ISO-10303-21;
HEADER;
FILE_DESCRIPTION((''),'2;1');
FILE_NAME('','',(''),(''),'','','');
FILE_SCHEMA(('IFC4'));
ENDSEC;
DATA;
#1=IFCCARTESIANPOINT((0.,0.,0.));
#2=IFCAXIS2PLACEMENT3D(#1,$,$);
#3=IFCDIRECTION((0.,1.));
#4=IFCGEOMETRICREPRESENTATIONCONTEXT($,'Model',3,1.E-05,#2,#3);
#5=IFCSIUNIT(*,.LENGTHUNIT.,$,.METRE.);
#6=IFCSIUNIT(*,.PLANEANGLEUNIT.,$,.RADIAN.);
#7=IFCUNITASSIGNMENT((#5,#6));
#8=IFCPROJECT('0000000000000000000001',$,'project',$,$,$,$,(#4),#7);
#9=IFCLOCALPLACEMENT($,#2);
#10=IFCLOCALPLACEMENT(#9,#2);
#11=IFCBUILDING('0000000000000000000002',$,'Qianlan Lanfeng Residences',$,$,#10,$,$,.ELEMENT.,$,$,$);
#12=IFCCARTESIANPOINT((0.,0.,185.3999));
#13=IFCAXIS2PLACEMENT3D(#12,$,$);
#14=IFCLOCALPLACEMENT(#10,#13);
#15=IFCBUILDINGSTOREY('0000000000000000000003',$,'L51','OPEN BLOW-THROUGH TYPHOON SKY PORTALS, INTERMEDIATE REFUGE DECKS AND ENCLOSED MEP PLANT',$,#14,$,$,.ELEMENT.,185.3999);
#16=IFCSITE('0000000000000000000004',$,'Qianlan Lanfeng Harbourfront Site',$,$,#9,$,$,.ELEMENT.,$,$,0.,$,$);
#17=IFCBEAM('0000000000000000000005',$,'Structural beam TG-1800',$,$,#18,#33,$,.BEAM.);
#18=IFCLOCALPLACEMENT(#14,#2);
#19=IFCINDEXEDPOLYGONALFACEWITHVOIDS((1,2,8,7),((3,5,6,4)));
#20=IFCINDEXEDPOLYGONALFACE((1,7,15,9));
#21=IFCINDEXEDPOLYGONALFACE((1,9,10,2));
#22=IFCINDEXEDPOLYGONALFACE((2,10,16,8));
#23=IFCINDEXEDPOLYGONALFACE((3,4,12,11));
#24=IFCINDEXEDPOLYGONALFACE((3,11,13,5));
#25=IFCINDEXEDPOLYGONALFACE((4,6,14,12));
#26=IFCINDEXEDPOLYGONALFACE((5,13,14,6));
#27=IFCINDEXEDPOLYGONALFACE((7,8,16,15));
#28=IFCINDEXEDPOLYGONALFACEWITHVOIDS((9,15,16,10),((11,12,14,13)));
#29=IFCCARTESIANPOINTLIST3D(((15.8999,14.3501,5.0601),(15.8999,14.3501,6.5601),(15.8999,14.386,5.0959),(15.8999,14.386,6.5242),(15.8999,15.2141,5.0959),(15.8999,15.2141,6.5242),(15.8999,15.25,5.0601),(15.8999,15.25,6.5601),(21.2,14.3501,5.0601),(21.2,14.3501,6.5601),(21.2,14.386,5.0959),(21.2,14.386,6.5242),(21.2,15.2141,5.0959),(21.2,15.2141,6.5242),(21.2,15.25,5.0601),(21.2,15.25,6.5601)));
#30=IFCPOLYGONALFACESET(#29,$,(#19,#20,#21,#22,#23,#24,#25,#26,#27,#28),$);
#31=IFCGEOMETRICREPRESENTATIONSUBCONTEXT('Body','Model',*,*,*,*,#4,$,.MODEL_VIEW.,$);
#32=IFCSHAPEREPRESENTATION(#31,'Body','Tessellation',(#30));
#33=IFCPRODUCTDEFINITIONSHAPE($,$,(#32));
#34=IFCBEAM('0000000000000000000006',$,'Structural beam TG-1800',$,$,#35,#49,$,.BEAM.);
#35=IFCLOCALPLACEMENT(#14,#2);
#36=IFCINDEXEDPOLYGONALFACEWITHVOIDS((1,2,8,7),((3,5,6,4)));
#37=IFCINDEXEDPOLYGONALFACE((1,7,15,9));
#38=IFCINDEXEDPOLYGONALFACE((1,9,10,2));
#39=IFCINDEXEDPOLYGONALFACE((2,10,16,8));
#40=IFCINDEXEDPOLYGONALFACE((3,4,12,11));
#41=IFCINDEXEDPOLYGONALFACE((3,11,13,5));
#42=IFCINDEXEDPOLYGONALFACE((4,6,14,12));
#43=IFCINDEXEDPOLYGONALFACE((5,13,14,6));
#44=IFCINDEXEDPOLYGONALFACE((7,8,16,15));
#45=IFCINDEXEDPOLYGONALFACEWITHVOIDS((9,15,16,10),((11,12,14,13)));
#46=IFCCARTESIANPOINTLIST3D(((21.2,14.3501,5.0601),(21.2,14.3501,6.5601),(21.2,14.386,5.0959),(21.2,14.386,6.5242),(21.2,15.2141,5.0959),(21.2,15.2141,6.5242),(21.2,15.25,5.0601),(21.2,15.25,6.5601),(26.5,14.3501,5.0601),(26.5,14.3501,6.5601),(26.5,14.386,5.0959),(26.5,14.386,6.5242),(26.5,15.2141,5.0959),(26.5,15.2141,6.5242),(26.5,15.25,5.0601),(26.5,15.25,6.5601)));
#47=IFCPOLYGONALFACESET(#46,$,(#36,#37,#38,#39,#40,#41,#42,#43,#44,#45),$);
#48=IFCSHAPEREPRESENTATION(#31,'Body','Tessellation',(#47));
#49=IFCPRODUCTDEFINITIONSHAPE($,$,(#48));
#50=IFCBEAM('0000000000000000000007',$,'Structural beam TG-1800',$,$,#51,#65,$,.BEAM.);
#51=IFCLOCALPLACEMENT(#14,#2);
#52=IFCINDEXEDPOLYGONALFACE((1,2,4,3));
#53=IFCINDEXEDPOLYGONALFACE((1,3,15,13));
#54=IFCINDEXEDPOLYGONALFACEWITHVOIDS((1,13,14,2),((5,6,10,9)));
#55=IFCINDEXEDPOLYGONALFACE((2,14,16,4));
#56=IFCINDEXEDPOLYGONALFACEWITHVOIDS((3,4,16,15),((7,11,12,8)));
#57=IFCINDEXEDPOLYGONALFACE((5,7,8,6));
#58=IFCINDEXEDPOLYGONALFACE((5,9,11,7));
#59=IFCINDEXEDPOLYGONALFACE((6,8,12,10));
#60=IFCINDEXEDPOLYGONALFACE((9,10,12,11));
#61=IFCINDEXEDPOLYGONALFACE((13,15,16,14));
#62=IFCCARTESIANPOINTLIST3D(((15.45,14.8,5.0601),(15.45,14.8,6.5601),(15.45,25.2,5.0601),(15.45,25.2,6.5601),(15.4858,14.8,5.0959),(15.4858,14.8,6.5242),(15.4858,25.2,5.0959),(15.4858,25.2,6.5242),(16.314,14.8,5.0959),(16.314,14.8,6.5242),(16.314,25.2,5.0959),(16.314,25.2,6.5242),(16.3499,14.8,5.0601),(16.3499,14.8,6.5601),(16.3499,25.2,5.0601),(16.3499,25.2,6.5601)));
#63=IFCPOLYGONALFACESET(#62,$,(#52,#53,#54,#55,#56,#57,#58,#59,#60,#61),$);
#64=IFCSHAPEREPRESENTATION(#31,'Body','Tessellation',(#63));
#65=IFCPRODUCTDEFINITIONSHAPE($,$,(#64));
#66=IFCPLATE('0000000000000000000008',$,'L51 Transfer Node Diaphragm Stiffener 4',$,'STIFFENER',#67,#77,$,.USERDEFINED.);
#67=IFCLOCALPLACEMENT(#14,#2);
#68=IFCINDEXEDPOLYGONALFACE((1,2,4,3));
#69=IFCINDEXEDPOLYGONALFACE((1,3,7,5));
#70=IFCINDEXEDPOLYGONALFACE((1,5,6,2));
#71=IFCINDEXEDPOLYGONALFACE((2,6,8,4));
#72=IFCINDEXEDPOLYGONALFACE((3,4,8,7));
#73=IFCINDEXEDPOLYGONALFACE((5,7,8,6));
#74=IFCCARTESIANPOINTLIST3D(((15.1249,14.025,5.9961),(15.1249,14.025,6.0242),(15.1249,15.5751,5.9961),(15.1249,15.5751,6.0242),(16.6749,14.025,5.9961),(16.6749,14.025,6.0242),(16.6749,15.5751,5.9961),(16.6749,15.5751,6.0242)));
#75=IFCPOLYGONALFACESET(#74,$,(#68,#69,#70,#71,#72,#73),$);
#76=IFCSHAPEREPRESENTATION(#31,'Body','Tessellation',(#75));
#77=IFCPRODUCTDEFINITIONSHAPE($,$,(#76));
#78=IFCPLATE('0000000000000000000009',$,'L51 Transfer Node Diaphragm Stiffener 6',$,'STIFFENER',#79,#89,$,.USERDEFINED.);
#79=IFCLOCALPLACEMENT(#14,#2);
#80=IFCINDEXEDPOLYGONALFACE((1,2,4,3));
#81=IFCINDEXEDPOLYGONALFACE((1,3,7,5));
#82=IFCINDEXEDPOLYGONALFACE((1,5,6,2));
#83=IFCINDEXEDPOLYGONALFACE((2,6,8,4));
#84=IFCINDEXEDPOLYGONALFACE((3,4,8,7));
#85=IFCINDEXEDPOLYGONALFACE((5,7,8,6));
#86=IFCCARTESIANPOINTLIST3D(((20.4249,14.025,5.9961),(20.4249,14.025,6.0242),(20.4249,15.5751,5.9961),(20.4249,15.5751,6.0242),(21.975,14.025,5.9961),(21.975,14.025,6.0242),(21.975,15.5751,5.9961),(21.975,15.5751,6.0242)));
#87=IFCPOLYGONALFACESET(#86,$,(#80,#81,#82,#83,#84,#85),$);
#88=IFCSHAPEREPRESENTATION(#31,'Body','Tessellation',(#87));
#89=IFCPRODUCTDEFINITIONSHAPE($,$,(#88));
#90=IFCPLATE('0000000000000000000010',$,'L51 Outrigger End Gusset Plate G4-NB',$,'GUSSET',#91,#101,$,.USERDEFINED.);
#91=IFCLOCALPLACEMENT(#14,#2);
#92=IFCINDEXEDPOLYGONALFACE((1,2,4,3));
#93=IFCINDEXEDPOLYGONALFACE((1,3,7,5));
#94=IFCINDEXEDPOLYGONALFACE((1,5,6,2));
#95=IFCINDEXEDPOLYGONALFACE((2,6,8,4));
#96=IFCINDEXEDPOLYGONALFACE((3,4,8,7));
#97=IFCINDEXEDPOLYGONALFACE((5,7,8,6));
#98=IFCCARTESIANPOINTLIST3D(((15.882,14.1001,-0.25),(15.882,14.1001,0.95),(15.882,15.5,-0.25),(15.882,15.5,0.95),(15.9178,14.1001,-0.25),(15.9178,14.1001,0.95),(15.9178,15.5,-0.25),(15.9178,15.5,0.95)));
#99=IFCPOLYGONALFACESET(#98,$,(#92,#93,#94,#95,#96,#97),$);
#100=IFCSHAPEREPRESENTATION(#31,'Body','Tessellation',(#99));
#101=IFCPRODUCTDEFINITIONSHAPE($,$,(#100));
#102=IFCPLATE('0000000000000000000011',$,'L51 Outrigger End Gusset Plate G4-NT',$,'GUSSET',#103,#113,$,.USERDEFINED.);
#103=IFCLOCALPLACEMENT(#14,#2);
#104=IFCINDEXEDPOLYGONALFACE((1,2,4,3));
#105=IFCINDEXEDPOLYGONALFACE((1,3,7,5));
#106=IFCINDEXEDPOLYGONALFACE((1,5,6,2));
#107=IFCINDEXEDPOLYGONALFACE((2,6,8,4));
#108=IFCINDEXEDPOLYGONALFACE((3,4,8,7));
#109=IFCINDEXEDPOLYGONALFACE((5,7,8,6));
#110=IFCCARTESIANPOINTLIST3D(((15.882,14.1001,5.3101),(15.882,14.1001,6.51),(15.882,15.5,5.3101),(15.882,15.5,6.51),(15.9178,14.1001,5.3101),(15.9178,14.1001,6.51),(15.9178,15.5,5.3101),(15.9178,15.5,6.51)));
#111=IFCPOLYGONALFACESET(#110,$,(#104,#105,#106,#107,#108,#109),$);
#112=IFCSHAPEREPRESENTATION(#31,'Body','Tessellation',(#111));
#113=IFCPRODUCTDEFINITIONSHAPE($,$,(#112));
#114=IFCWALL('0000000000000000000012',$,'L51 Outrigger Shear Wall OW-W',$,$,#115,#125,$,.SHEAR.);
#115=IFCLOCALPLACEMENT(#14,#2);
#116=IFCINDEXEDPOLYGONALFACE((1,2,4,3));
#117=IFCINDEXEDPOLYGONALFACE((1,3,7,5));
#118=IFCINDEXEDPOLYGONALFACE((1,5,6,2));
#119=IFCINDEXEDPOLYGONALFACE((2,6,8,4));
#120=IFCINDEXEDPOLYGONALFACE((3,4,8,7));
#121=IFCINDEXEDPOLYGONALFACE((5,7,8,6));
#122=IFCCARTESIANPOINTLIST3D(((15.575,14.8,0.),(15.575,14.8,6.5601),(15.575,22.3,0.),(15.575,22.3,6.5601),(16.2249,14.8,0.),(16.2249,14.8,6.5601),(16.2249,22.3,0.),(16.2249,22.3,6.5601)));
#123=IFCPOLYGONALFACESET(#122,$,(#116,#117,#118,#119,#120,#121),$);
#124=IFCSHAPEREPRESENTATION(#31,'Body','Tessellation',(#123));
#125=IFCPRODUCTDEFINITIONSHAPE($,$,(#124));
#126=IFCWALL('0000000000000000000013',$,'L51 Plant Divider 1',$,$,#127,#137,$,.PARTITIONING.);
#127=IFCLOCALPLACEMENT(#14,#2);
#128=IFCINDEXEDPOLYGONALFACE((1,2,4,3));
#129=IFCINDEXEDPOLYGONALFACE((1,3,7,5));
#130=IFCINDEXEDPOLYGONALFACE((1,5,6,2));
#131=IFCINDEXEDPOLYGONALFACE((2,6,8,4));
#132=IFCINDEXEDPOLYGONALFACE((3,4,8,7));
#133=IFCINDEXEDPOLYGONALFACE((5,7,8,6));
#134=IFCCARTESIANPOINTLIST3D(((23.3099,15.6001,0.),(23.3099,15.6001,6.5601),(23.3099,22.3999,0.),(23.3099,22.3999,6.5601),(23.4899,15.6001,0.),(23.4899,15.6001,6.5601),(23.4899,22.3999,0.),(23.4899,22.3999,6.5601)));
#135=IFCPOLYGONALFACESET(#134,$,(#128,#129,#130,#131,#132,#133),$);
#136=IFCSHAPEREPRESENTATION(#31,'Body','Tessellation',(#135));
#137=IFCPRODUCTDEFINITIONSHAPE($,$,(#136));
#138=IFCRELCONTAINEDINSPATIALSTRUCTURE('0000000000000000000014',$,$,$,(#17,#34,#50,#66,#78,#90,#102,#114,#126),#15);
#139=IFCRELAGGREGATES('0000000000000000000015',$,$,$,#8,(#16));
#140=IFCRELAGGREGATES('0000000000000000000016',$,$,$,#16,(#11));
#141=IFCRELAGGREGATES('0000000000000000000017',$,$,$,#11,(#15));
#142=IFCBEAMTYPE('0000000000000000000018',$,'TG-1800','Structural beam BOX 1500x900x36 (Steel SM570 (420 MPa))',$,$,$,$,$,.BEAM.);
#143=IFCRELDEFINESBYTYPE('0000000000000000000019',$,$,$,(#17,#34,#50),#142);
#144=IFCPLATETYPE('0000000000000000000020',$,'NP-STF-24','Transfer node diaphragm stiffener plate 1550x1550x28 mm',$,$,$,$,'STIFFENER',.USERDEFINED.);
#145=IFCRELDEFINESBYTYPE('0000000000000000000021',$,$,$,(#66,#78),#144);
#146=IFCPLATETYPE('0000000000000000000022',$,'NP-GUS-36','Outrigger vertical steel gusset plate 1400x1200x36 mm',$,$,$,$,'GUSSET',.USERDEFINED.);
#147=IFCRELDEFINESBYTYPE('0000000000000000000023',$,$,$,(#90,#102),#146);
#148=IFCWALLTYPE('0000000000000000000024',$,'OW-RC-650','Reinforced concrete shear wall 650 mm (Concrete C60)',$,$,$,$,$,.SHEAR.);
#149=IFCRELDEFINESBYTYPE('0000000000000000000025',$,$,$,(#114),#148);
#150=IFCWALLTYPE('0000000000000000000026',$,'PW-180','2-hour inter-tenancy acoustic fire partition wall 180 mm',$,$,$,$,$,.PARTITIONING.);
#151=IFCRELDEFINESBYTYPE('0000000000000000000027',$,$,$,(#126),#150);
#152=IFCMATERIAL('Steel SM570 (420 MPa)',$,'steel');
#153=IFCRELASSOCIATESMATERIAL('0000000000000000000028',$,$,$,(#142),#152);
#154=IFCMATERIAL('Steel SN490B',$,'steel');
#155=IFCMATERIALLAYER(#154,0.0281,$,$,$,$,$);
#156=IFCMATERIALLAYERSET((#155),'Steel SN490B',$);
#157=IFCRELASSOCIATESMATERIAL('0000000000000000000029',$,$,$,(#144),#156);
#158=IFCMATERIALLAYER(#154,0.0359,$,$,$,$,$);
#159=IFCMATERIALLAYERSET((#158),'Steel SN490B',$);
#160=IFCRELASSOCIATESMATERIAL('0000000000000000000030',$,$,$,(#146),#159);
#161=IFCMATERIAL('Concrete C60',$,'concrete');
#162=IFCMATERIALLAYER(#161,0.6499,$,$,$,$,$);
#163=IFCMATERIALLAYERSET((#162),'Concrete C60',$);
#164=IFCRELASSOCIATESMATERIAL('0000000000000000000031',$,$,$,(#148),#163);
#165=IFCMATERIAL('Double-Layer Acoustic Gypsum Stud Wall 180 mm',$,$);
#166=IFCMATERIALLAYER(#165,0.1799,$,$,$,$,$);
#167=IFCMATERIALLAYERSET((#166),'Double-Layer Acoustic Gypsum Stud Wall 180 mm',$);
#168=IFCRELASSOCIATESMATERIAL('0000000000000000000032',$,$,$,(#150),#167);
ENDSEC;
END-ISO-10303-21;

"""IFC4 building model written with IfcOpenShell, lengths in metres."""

from ifc_helpers import new_model, si_unit, direction, frame, frame_2d, origin, origin_2d, place, context, subcontext, project, spatial, rectangle, hollow_rectangle, extrude, source, transform, mapped, material, layer, layer_set, material_profile, profile_set, type_object, element, save


model = new_model("IFC4")

# Units and contexts
model_context = context("Model", 3, precision=1e-05, world=origin(), true_north=direction((0.0, 1.0)))
body_context = subcontext(model_context, "Body", "Model", "MODEL_VIEW")
ifc_project = project(units=[si_unit("LENGTHUNIT", "METRE"), si_unit("PLANEANGLEUNIT", "RADIAN")], contexts=[model_context])

# Site, building, storey
site_placement = place(None, origin())
site = spatial("IfcSite", under=ifc_project, at=site_placement, Name="Qianlan Lanfeng Harbourfront Site", CompositionType="ELEMENT", RefElevation=0.0)
building_placement = place(site_placement, origin())
building = spatial("IfcBuilding", under=site, at=building_placement, Name="Qianlan Lanfeng Residences", CompositionType="ELEMENT")
storey_placement = place(building_placement, frame((0.0, 0.0, 185.3999)))
storey = spatial("IfcBuildingStorey", under=building, at=storey_placement, Name="L51", Description="OPEN BLOW-THROUGH TYPHOON SKY PORTALS, INTERMEDIATE REFUGE DECKS AND ENCLOSED MEP PLANT", CompositionType="ELEMENT", Elevation=185.3999)

# Shared definitions
ifc_material_1 = material(Name="Steel SN490B", Category="steel")

# Beams
ifc_material_2 = material(Name="Steel SM570 (420 MPa)", Category="steel")
ifc_material_profile_1 = material_profile(ifc_material_2, hollow_rectangle(XDim=0.8999, YDim=1.5, WallThickness=0.0359, at=origin_2d()), Name="BOX 1500x900x36")
ifc_profile_set_1 = profile_set([ifc_material_profile_1], Name="Steel SM570 (420 MPa)")
beam_type_1 = type_object("IfcBeamType", Name="TG-1800", Description="Structural beam BOX 1500x900x36 (Steel SM570 (420 MPa))", PredefinedType="BEAM", material=ifc_profile_set_1)
for number, where, z_axis, x_axis, name in (
    (1, (15.8999, 14.8, 5.8101), (1.0, 0.0, 0.0), (0.0, 1.0, 0.0), "Structural beam TG-1800"),
    (2, (21.2, 14.8, 5.8101), (1.0, 0.0, 0.0), (0.0, 1.0, 0.0), "Structural beam TG-1800"),
):
    element("IfcBeam", number, at=place(storey_placement, frame(where, z_axis=z_axis, x_axis=x_axis)), inside=storey, type_object=beam_type_1, Name=name, PredefinedType="BEAM", context=body_context, shape_type="SweptSolid", body=[
        extrude(hollow_rectangle(XDim=0.8999, YDim=1.5, WallThickness=0.0359, at=origin_2d()), origin(), (0.0, 0.0, 1.0), 5.3),
    ])
beam_placement = place(storey_placement, frame((15.8999, 14.8, 5.8101), z_axis=(0.0, 1.0, 0.0), x_axis=(-1.0, 0.0, 0.0)))
element("IfcBeam", 3, at=beam_placement, inside=storey, type_object=beam_type_1, Name="Structural beam TG-1800", PredefinedType="BEAM", context=body_context, shape_type="SweptSolid", body=[
    extrude(hollow_rectangle(XDim=0.8999, YDim=1.5, WallThickness=0.0359, at=origin_2d()), origin(), (0.0, 0.0, 1.0), 10.3999),
])

# Plates
ifc_layer_1 = layer(ifc_material_1, 0.0281)
ifc_layer_set_1 = layer_set([ifc_layer_1], Name="Steel SN490B")
plate_type_1 = type_object("IfcPlateType", Name="NP-STF-24", Description="Transfer node diaphragm stiffener plate 1550x1550x28 mm", ElementType="STIFFENER", PredefinedType="USERDEFINED", material=ifc_layer_set_1)
shared_shape_1 = source(origin(), body_context, "Body", "SweptSolid", [
    extrude(rectangle(XDim=1.55, YDim=1.55, at=origin_2d()), origin(), (0.0, 0.0, 1.0), 0.0281),
])
for number, where, z_axis, x_axis, name in (
    (4, (15.8999, 14.8, 5.9961), (0.0, 0.0, 1.0), (1.0, 0.0, 0.0), "L51 Transfer Node Diaphragm Stiffener 4"),
    (5, (21.2, 14.8, 5.9961), (0.0, 0.0, 1.0), (1.0, 0.0, 0.0), "L51 Transfer Node Diaphragm Stiffener 6"),
):
    element("IfcPlate", number, at=place(storey_placement, frame(where, z_axis=z_axis, x_axis=x_axis)), inside=storey, type_object=plate_type_1, Name=name, ObjectType="STIFFENER", PredefinedType="USERDEFINED", context=body_context, shape_type="MappedRepresentation", body=[
        mapped(shared_shape_1, transform((0.0, 0.0, 0.0), scale=1.0)),
    ])
ifc_layer_2 = layer(ifc_material_1, 0.0359)
ifc_layer_set_2 = layer_set([ifc_layer_2], Name="Steel SN490B")
plate_type_2 = type_object("IfcPlateType", Name="NP-GUS-36", Description="Outrigger vertical steel gusset plate 1400x1200x36 mm", ElementType="GUSSET", PredefinedType="USERDEFINED", material=ifc_layer_set_2)
shared_shape_2 = source(origin(), body_context, "Body", "SweptSolid", [
    extrude(rectangle(XDim=0.0359, YDim=1.3999, at=origin_2d()), origin(), (0.0, 0.0, 1.0), 1.2),
])
for number, where, z_axis, x_axis, name in (
    (6, (15.8999, 14.8, -0.25), (0.0, 0.0, 1.0), (1.0, 0.0, 0.0), "L51 Outrigger End Gusset Plate G4-NB"),
    (7, (15.8999, 14.8, 5.3101), (0.0, 0.0, 1.0), (1.0, 0.0, 0.0), "L51 Outrigger End Gusset Plate G4-NT"),
):
    element("IfcPlate", number, at=place(storey_placement, frame(where, z_axis=z_axis, x_axis=x_axis)), inside=storey, type_object=plate_type_2, Name=name, ObjectType="GUSSET", PredefinedType="USERDEFINED", context=body_context, shape_type="MappedRepresentation", body=[
        mapped(shared_shape_2, transform((0.0, 0.0, 0.0), scale=1.0)),
    ])

# Walls
ifc_material_3 = material(Name="Concrete C60", Category="concrete")
ifc_layer_3 = layer(ifc_material_3, 0.6499)
ifc_layer_set_3 = layer_set([ifc_layer_3], Name="Concrete C60")
wall_type_1 = type_object("IfcWallType", Name="OW-RC-650", Description="Reinforced concrete shear wall 650 mm (Concrete C60)", PredefinedType="SHEAR", material=ifc_layer_set_3)
wall_1_placement = place(storey_placement, frame((15.8999, 14.8, 0.0), z_axis=(0.0, 0.0, 1.0), x_axis=(0.0, 1.0, 0.0)))
element("IfcWall", 8, at=wall_1_placement, inside=storey, type_object=wall_type_1, Name="L51 Outrigger Shear Wall OW-W", PredefinedType="SHEAR", context=body_context, shape_type="SweptSolid", body=[
    extrude(rectangle(XDim=7.5, YDim=0.6499, at=frame_2d((3.75, 0.0))), origin(), (0.0, 0.0, 1.0), 6.5601),
])
ifc_material_4 = material(Name="Double-Layer Acoustic Gypsum Stud Wall 180 mm")
ifc_layer_4 = layer(ifc_material_4, 0.1799)
ifc_layer_set_4 = layer_set([ifc_layer_4], Name="Double-Layer Acoustic Gypsum Stud Wall 180 mm")
wall_type_2 = type_object("IfcWallType", Name="PW-180", Description="2-hour inter-tenancy acoustic fire partition wall 180 mm", PredefinedType="PARTITIONING", material=ifc_layer_set_4)
wall_2_placement = place(storey_placement, frame((23.3999, 15.6001, 0.0), z_axis=(0.0, 0.0, 1.0), x_axis=(0.0, 1.0, 0.0)))
element("IfcWall", 9, at=wall_2_placement, inside=storey, type_object=wall_type_2, Name="L51 Plant Divider 1", PredefinedType="PARTITIONING", context=body_context, shape_type="SweptSolid", body=[
    extrude(rectangle(XDim=6.7998, YDim=0.1799, at=frame_2d((3.3999, 0.0))), origin(), (0.0, 0.0, 1.0), 6.5601),
])

save(model, "model.ifc")
